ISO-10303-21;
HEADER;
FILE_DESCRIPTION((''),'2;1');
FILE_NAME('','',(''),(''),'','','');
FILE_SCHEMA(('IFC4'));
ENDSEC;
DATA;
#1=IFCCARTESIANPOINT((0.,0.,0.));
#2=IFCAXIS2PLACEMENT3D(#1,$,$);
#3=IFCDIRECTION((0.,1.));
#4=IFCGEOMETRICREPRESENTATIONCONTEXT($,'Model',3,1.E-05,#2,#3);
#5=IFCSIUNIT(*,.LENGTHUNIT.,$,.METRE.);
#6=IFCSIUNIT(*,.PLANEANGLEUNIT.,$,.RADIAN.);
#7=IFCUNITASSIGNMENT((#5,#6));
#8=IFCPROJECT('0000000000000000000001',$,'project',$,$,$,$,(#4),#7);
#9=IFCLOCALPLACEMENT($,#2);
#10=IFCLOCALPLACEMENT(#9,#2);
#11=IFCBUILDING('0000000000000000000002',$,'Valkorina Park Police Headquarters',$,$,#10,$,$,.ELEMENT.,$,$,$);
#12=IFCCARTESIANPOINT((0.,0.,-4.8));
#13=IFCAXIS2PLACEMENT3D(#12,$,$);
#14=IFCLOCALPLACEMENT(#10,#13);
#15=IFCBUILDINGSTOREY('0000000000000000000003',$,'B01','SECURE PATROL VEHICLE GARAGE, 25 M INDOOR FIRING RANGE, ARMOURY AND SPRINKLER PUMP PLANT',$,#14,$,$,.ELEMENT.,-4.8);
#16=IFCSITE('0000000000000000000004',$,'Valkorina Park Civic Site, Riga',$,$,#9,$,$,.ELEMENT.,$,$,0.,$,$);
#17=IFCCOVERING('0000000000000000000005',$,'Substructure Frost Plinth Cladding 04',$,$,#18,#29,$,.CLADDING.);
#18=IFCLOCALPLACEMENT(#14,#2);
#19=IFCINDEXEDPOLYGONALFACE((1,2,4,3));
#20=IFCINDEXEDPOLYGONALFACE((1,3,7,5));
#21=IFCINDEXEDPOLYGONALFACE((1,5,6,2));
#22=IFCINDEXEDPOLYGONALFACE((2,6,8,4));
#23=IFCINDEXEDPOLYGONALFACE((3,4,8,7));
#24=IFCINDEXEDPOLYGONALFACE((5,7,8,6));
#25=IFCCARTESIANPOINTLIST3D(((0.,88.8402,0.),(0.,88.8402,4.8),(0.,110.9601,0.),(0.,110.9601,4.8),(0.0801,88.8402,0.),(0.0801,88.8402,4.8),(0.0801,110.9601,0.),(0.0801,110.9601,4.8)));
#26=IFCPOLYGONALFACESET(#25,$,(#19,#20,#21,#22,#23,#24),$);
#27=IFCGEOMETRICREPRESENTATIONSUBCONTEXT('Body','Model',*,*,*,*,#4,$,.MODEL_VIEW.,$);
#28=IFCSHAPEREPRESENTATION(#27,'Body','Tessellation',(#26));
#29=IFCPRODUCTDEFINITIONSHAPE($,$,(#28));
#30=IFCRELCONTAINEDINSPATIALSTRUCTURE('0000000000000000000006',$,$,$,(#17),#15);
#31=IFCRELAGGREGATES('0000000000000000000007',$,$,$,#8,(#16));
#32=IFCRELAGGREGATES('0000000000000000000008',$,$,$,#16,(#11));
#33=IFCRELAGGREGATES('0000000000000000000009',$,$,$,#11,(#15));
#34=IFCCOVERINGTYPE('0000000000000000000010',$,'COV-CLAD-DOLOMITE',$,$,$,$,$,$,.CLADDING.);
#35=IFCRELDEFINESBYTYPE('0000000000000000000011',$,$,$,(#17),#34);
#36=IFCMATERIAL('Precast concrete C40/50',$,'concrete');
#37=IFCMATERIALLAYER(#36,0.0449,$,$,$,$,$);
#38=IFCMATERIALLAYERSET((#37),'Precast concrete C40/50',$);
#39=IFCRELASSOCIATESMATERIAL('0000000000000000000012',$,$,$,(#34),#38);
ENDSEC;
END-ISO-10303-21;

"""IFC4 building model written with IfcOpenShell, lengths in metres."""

from ifc_helpers import new_model, si_unit, direction, frame, frame_2d, origin, place, context, subcontext, project, spatial, rectangle, extrude, material, layer, layer_set, type_object, element, save


model = new_model("IFC4")

# Units and contexts
model_context = context("Model", 3, precision=1e-05, world=origin(), true_north=direction((0.0, 1.0)))
body_context = subcontext(model_context, "Body", "Model", "MODEL_VIEW")
ifc_project = project(units=[si_unit("LENGTHUNIT", "METRE"), si_unit("PLANEANGLEUNIT", "RADIAN")], contexts=[model_context])

# Site, building, storey
site_placement = place(None, origin())
site = spatial("IfcSite", under=ifc_project, at=site_placement, Name="Valkorina Park Civic Site, Riga", CompositionType="ELEMENT", RefElevation=0.0)
building_placement = place(site_placement, origin())
building = spatial("IfcBuilding", under=site, at=building_placement, Name="Valkorina Park Police Headquarters", CompositionType="ELEMENT")
storey_placement = place(building_placement, frame((0.0, 0.0, -4.8)))
storey = spatial("IfcBuildingStorey", under=building, at=storey_placement, Name="B01", Description="SECURE PATROL VEHICLE GARAGE, 25 M INDOOR FIRING RANGE, ARMOURY AND SPRINKLER PUMP PLANT", CompositionType="ELEMENT", Elevation=-4.8)

# Covering
ifc_material_1 = material(Name="Precast concrete C40/50", Category="concrete")
ifc_layer = layer(ifc_material_1, 0.0449)
ifc_layer_set = layer_set([ifc_layer], Name="Precast concrete C40/50")
covering_type = type_object("IfcCoveringType", Name="COV-CLAD-DOLOMITE", PredefinedType="CLADDING", material=ifc_layer_set)
covering_1_placement = place(storey_placement, frame((0.04, 88.8401, 0.0), z_axis=(0.0, 0.0, 1.0), x_axis=(0.0, 1.0, 0.0)))
element("IfcCovering", 1, at=covering_1_placement, inside=storey, type_object=covering_type, Name="Substructure Frost Plinth Cladding 04", PredefinedType="CLADDING", context=body_context, shape_type="SweptSolid", body=[
    extrude(rectangle(XDim=22.1199, YDim=0.0801, at=frame_2d((11.0601, 0.0))), origin(), (0.0, 0.0, 1.0), 4.8),
])

save(model, "model.ifc")
